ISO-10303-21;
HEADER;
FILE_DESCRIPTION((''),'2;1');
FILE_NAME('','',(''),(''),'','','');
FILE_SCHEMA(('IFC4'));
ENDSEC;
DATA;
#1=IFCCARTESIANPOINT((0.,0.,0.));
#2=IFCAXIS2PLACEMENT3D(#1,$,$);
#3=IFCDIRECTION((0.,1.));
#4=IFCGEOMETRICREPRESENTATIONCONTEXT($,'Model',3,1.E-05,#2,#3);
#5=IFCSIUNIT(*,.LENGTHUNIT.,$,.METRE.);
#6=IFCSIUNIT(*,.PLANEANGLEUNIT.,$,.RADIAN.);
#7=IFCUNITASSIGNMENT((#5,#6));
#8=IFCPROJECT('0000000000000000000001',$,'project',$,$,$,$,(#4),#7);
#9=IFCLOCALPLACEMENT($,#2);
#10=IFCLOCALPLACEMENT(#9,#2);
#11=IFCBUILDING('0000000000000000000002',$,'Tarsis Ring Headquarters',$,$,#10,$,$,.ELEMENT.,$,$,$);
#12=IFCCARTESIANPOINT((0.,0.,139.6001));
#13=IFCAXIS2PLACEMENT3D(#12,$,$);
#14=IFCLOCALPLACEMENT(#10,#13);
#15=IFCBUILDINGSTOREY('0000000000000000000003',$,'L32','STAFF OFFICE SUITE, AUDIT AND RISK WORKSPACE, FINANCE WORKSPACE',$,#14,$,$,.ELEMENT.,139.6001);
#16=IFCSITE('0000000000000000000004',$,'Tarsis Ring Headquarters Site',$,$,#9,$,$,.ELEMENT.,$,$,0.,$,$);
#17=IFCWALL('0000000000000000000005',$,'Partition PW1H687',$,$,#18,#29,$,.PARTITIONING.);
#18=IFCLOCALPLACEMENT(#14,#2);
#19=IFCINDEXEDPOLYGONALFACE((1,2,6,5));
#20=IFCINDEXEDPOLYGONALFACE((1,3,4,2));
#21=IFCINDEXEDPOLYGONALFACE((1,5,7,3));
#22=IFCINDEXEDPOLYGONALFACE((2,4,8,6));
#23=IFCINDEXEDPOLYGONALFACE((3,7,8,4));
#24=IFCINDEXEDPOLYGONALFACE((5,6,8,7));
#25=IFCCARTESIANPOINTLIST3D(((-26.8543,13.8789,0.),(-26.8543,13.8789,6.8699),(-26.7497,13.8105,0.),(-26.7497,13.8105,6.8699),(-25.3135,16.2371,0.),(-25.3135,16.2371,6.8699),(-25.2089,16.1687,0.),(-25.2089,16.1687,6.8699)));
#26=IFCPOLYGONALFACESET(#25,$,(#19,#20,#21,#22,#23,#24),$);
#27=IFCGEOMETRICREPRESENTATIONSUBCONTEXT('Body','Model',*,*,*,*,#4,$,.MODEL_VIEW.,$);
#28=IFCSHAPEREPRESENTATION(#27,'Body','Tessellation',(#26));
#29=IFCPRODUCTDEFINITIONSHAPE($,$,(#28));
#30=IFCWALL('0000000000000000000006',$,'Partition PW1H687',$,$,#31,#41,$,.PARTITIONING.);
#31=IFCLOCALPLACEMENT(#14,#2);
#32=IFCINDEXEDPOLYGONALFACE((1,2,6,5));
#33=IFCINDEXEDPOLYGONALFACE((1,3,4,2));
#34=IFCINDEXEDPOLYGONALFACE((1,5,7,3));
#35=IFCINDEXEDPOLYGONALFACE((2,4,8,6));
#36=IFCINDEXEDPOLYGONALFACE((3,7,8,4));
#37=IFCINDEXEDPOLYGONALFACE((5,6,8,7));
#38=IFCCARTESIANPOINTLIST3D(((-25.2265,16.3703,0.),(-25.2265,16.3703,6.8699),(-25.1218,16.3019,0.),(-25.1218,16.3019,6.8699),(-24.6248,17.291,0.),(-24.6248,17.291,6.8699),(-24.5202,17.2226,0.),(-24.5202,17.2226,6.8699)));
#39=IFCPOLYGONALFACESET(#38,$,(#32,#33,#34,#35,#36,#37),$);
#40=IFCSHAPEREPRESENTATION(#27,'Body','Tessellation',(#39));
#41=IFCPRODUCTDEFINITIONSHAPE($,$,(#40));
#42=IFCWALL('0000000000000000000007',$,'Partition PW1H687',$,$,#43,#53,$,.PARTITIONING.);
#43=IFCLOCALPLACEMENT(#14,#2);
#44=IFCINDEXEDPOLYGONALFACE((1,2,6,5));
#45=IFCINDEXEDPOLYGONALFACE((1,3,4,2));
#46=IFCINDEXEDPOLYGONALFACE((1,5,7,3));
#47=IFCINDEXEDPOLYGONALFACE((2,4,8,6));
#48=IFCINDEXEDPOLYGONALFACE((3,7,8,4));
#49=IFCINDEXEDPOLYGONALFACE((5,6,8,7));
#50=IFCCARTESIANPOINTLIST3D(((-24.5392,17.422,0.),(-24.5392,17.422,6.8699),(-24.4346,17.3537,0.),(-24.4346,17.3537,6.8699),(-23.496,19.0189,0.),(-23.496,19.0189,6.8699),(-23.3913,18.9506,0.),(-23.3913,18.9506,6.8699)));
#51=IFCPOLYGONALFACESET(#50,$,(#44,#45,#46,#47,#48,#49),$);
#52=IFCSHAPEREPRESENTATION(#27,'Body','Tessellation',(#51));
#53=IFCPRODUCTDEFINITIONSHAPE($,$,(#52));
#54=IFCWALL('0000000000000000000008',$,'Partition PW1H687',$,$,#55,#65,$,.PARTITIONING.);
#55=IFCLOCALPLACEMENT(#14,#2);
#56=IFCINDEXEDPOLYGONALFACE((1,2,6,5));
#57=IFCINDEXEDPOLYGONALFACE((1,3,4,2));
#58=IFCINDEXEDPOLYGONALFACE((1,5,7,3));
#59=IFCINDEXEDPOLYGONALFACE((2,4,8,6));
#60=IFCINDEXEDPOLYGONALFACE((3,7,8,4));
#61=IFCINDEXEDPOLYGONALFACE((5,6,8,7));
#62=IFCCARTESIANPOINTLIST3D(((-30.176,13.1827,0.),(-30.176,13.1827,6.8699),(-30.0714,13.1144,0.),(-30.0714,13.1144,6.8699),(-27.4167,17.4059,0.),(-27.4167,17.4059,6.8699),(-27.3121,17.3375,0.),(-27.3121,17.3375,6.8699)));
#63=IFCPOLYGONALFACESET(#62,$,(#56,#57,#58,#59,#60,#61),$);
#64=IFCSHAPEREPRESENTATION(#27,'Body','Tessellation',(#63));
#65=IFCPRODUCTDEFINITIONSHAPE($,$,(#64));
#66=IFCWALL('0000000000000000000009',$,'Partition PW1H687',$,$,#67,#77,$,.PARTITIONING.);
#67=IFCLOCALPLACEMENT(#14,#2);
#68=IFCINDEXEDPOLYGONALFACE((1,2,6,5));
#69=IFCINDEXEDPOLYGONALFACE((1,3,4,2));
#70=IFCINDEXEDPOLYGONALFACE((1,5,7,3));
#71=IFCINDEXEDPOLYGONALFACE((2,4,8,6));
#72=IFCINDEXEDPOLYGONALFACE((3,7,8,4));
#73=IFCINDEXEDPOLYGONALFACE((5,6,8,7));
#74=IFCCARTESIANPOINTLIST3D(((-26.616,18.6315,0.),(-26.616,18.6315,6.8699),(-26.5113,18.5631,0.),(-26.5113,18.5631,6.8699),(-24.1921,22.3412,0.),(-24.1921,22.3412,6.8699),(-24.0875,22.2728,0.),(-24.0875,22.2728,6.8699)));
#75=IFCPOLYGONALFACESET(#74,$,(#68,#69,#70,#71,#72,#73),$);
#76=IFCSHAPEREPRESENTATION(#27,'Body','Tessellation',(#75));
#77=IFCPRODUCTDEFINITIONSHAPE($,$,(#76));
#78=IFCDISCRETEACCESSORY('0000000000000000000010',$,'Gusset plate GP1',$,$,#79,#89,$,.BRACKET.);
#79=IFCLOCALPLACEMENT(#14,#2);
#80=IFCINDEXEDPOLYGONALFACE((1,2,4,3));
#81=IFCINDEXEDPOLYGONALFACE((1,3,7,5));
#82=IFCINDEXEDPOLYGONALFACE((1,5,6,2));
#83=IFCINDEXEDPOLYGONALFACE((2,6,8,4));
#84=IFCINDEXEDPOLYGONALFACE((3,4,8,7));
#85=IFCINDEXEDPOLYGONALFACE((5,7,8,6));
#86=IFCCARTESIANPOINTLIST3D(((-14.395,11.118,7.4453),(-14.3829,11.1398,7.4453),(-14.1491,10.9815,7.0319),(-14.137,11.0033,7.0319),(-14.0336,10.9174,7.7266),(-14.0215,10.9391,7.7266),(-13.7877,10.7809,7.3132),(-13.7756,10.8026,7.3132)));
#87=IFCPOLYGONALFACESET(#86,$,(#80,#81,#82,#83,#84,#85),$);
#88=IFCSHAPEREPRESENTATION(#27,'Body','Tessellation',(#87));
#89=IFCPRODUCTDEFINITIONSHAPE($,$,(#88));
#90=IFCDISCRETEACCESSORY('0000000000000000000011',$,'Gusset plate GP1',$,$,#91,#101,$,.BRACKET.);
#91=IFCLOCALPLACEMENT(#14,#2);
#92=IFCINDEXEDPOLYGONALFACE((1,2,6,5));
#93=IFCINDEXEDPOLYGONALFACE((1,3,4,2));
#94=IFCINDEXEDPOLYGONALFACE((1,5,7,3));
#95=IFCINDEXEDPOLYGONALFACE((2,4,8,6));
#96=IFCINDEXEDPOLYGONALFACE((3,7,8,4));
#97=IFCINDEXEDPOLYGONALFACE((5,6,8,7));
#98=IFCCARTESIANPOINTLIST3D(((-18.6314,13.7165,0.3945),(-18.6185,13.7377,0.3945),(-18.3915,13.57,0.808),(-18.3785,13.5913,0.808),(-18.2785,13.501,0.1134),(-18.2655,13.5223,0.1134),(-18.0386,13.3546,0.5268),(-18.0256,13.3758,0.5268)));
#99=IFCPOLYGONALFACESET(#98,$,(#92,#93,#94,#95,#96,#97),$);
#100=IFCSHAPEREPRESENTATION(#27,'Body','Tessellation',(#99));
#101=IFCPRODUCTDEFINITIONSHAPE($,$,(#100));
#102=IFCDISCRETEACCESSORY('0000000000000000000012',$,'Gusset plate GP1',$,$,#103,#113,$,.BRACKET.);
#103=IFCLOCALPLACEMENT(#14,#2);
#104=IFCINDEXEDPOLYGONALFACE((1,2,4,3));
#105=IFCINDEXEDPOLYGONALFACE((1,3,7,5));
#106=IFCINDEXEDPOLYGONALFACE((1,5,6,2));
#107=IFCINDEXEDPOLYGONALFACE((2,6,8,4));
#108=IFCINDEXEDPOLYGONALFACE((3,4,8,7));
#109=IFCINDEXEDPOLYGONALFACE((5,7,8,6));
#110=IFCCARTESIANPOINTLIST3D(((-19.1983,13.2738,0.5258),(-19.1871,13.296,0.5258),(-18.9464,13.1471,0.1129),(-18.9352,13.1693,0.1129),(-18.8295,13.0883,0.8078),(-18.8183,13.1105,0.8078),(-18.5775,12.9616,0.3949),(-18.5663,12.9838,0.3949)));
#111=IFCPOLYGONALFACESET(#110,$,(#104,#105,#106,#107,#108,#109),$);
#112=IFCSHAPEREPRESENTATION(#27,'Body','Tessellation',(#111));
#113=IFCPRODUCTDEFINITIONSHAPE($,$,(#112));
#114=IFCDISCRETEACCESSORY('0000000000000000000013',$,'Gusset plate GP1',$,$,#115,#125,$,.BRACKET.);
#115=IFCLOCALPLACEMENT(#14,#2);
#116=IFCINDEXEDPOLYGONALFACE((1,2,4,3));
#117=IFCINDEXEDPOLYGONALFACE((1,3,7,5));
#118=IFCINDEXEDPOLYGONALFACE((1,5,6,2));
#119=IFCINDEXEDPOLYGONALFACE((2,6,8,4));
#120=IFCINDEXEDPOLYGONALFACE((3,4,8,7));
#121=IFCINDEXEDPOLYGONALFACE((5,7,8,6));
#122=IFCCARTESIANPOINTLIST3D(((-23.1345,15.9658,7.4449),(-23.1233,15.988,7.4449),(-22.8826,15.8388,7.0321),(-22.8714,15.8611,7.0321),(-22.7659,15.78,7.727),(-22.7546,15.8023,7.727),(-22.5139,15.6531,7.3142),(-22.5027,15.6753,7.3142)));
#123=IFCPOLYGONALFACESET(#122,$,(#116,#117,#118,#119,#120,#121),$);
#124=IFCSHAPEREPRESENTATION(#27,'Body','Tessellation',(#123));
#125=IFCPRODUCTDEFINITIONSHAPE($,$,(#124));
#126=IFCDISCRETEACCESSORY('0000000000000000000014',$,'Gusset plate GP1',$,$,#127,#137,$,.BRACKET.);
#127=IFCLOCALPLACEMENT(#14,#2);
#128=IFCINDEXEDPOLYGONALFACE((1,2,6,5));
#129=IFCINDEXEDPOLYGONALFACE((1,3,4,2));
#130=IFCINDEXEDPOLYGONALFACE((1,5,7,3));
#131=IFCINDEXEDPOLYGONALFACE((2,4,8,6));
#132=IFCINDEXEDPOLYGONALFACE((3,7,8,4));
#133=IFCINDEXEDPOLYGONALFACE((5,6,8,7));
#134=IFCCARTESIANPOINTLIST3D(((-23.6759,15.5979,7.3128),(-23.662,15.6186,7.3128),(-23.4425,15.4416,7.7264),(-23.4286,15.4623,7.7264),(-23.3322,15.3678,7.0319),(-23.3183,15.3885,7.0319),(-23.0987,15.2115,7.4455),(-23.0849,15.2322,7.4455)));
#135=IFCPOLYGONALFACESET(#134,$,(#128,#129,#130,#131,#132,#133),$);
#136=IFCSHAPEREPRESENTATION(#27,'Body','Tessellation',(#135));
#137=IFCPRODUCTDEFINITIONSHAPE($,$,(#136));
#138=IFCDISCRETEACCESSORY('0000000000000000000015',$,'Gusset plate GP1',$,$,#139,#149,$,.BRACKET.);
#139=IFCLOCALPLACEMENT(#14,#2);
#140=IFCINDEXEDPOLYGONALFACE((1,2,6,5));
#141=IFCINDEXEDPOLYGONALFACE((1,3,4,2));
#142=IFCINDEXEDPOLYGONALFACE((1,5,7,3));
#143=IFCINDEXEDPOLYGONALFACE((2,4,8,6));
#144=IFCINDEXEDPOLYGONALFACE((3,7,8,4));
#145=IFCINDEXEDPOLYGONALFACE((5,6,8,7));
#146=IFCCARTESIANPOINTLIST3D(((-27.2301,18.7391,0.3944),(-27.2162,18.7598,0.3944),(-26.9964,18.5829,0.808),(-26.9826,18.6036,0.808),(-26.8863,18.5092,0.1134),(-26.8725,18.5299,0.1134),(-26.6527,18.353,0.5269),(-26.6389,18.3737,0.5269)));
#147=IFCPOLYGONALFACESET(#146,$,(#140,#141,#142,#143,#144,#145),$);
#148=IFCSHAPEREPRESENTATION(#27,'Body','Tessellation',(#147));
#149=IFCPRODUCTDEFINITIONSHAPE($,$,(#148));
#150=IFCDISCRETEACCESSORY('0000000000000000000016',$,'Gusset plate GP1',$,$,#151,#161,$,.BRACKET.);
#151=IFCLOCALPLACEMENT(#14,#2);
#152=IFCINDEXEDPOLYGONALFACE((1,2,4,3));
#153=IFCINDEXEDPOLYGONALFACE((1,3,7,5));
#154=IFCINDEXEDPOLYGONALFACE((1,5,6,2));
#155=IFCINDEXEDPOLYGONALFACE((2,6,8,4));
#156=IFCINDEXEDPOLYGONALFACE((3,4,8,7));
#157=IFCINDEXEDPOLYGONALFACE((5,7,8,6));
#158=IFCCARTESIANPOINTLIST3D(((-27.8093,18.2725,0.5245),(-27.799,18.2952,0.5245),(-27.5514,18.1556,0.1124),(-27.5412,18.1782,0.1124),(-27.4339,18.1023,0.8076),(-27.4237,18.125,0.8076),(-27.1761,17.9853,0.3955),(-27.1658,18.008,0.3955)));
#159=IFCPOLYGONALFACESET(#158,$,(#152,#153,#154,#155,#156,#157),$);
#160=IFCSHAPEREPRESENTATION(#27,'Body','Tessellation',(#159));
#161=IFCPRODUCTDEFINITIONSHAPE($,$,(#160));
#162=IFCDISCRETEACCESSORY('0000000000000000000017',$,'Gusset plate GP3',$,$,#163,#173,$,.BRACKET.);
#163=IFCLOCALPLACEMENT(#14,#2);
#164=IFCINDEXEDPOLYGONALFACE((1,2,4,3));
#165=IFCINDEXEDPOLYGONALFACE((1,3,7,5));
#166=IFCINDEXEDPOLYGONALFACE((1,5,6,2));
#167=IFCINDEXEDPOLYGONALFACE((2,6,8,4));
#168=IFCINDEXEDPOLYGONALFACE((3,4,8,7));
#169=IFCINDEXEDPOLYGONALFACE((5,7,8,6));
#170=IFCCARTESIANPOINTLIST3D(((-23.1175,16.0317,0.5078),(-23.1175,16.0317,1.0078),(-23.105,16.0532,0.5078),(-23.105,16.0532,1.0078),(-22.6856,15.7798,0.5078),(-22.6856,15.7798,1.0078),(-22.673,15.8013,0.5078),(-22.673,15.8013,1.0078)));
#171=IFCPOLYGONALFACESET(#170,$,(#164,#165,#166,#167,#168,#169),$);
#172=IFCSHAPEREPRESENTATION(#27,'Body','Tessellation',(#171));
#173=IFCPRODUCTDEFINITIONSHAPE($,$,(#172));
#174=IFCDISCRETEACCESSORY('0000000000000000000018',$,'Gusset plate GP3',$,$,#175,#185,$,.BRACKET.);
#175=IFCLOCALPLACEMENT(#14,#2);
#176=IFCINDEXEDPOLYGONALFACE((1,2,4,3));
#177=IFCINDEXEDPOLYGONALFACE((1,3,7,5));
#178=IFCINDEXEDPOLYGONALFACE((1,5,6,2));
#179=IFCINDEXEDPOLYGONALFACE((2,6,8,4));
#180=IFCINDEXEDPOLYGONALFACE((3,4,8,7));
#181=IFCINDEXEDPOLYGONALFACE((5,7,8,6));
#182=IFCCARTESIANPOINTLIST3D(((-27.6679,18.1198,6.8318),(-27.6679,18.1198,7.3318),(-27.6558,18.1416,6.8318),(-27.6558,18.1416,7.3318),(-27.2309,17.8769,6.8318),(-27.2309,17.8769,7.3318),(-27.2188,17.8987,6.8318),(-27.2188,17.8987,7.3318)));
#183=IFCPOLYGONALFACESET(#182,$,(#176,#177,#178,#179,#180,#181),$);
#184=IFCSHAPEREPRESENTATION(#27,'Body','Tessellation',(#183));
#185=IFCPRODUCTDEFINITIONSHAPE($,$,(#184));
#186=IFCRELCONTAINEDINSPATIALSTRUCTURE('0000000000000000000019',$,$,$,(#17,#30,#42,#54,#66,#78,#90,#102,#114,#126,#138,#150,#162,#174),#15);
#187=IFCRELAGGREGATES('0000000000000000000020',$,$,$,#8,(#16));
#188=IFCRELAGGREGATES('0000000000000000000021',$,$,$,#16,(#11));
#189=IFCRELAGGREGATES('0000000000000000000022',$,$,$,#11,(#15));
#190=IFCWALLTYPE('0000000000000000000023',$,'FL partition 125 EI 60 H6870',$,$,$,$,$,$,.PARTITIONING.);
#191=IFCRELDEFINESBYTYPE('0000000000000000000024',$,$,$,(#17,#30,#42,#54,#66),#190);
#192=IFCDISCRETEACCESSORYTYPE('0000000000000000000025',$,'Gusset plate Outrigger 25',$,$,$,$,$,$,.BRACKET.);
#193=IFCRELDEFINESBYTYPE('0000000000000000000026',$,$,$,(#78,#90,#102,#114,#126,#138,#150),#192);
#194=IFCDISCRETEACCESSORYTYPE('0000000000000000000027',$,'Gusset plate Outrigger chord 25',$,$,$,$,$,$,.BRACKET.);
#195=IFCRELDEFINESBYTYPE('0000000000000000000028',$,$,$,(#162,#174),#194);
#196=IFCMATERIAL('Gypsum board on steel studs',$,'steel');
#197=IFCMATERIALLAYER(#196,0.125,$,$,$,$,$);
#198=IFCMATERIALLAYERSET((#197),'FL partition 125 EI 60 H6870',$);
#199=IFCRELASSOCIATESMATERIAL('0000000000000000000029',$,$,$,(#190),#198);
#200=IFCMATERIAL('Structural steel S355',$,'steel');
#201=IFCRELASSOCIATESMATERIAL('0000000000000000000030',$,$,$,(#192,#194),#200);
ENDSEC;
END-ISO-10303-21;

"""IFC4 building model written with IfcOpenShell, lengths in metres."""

from ifc_helpers import new_model, si_unit, direction, frame, frame_2d, origin, origin_2d, place, context, subcontext, project, spatial, rectangle, extrude, material, layer, layer_set, material_profile, profile_set, type_object, element, save


model = new_model("IFC4")

# Units and contexts
model_context = context("Model", 3, precision=1e-05, world=origin(), true_north=direction((0.0, 1.0)))
body_context = subcontext(model_context, "Body", "Model", "MODEL_VIEW")
ifc_project = project(units=[si_unit("LENGTHUNIT", "METRE"), si_unit("PLANEANGLEUNIT", "RADIAN")], contexts=[model_context])

# Site, building, storey
site_placement = place(None, origin())
site = spatial("IfcSite", under=ifc_project, at=site_placement, Name="Tarsis Ring Headquarters Site", CompositionType="ELEMENT", RefElevation=0.0)
building_placement = place(site_placement, origin())
building = spatial("IfcBuilding", under=site, at=building_placement, Name="Tarsis Ring Headquarters", CompositionType="ELEMENT")
storey_placement = place(building_placement, frame((0.0, 0.0, 139.6001)))
storey = spatial("IfcBuildingStorey", under=building, at=storey_placement, Name="L32", Description="STAFF OFFICE SUITE, AUDIT AND RISK WORKSPACE, FINANCE WORKSPACE", CompositionType="ELEMENT", Elevation=139.6001)

# Shared definitions
ifc_material_1 = material(Name="Structural steel S355", Category="steel")

# Shared definitions
ifc_material_2 = material(Name="Gypsum board on steel studs", Category="steel")
ifc_layer = layer(ifc_material_2, 0.125)
ifc_layer_set = layer_set([ifc_layer], Name="FL partition 125 EI 60 H6870")
wall_type = type_object("IfcWallType", Name="FL partition 125 EI 60 H6870", PredefinedType="PARTITIONING", material=ifc_layer_set)

# Walls
wall_1_placement = place(storey_placement, frame((-26.802, 13.8447, 0.0), z_axis=(0.0, 0.0, 1.0), x_axis=(0.546976, 0.837148, 0.0)))
element("IfcWall", 1, at=wall_1_placement, inside=storey, type_object=wall_type, Name="Partition PW1H687", PredefinedType="PARTITIONING", context=body_context, shape_type="SweptSolid", body=[
    extrude(rectangle(XDim=2.8169, YDim=0.125, at=frame_2d((1.4084, 0.0))), origin(), (0.0, 0.0, 1.0), 6.8699),
])
wall_2_placement = place(storey_placement, frame((-25.1741, 16.3362, 0.0), z_axis=(0.0, 0.0, 1.0), x_axis=(0.546992, 0.837138, 0.0)))
element("IfcWall", 2, at=wall_2_placement, inside=storey, type_object=wall_type, Name="Partition PW1H687", PredefinedType="PARTITIONING", context=body_context, shape_type="SweptSolid", body=[
    extrude(rectangle(XDim=1.0999, YDim=0.125, at=frame_2d((0.5498, 0.0))), origin(), (0.0, 0.0, 1.0), 6.8699),
])
wall_3_placement = place(storey_placement, frame((-24.4868, 17.3879, 0.0), z_axis=(0.0, 0.0, 1.0), x_axis=(0.546908, 0.837193, 0.0)))
element("IfcWall", 3, at=wall_3_placement, inside=storey, type_object=wall_type, Name="Partition PW1H687", PredefinedType="PARTITIONING", context=body_context, shape_type="SweptSolid", body=[
    extrude(rectangle(XDim=1.9075, YDim=0.125, at=frame_2d((0.9536, 0.0))), origin(), (0.0, 0.0, 1.0), 6.8699),
])
wall_4_placement = place(storey_placement, frame((-30.1238, 13.1484, 0.0), z_axis=(0.0, 0.0, 1.0), x_axis=(0.54697, 0.837152, 0.0)))
element("IfcWall", 4, at=wall_4_placement, inside=storey, type_object=wall_type, Name="Partition PW1H687", PredefinedType="PARTITIONING", context=body_context, shape_type="SweptSolid", body=[
    extrude(rectangle(XDim=5.0447, YDim=0.125, at=frame_2d((2.5225, 0.0))), origin(), (0.0, 0.0, 1.0), 6.8699),
])
wall_5_placement = place(storey_placement, frame((-26.5637, 18.5972, 0.0), z_axis=(0.0, 0.0, 1.0), x_axis=(0.546972, 0.837151, 0.0)))
element("IfcWall", 5, at=wall_5_placement, inside=storey, type_object=wall_type, Name="Partition PW1H687", PredefinedType="PARTITIONING", context=body_context, shape_type="SweptSolid", body=[
    extrude(rectangle(XDim=4.4314, YDim=0.125, at=frame_2d((2.2158, 0.0))), origin(), (0.0, 0.0, 1.0), 6.8699),
])

# Discrete accessories
ifc_material_profile_1 = material_profile(ifc_material_1, rectangle(XDim=0.0249, YDim=0.5, at=origin_2d()), Name="PL 25x500")
ifc_profile_set_1 = profile_set([ifc_material_profile_1], Name="Structural steel S355")
discrete_accessory_type_1 = type_object("IfcDiscreteAccessoryType", Name="Gusset plate Outrigger 25", PredefinedType="BRACKET", material=ifc_profile_set_1)
for number, where, z_axis, x_axis, name in (
    (6, (-14.2083, 11.0286, 7.5859), (0.491789, -0.272999, -0.82681), (0.485348, 0.874321, 0.0), "Gusset plate GP1"),
    (7, (-18.4485, 13.6194, 0.2539), (0.479888, -0.292912, 0.826989), (0.520993, 0.853561, 0.0), "Gusset plate GP1"),
    (8, (-18.7563, 13.0654, 0.2539), (-0.503933, 0.253431, 0.825727), (-0.44929, -0.893386, 0.0), "Gusset plate GP1"),
    (9, (-22.9446, 15.884, 7.5859), (0.50387, -0.253888, -0.825624), (0.449981, 0.893038, 0.0), "Gusset plate GP1"),
    (10, (-23.2637, 15.3369, 7.5859), (-0.46686, 0.312542, -0.82726), (-0.556304, -0.830979, 0.0), "Gusset plate GP1"),
    (11, (-27.0513, 18.6345, 0.2539), (0.467242, -0.312471, 0.827071), (0.555902, 0.831248, 0.0), "Gusset plate GP1"),
    (12, (-27.3586, 18.0818, 0.2539), (-0.515649, 0.233897, 0.824256), (-0.413088, -0.910691, 0.0), "Gusset plate GP1"),
):
    element("IfcDiscreteAccessory", number, at=place(storey_placement, frame(where, z_axis=z_axis, x_axis=x_axis)), inside=storey, type_object=discrete_accessory_type_1, Name=name, PredefinedType="BRACKET", context=body_context, shape_type="SweptSolid", body=[
        extrude(rectangle(XDim=0.0249, YDim=0.5, at=origin_2d()), origin(), (0.0, 0.0, 1.0), 0.5),
    ])
discrete_accessory_type_2 = type_object("IfcDiscreteAccessoryType", Name="Gusset plate Outrigger chord 25", PredefinedType="BRACKET", material=ifc_profile_set_1)
for number, where, z_axis, x_axis, name in (
    (13, (-22.8953, 15.9165, 0.5078), (0.0, 0.0, 1.0), (0.503668, 0.863897, 0.0), "Gusset plate GP3"),
    (14, (-27.4434, 18.0093, 7.3318), (0.0, 0.0, -1.0), (-0.485802, -0.874069, 0.0), "Gusset plate GP3"),
):
    element("IfcDiscreteAccessory", number, at=place(storey_placement, frame(where, z_axis=z_axis, x_axis=x_axis)), inside=storey, type_object=discrete_accessory_type_2, Name=name, PredefinedType="BRACKET", context=body_context, shape_type="SweptSolid", body=[
        extrude(rectangle(XDim=0.0249, YDim=0.5, at=origin_2d()), origin(), (0.0, 0.0, 1.0), 0.5),
    ])

save(model, "model.ifc")
